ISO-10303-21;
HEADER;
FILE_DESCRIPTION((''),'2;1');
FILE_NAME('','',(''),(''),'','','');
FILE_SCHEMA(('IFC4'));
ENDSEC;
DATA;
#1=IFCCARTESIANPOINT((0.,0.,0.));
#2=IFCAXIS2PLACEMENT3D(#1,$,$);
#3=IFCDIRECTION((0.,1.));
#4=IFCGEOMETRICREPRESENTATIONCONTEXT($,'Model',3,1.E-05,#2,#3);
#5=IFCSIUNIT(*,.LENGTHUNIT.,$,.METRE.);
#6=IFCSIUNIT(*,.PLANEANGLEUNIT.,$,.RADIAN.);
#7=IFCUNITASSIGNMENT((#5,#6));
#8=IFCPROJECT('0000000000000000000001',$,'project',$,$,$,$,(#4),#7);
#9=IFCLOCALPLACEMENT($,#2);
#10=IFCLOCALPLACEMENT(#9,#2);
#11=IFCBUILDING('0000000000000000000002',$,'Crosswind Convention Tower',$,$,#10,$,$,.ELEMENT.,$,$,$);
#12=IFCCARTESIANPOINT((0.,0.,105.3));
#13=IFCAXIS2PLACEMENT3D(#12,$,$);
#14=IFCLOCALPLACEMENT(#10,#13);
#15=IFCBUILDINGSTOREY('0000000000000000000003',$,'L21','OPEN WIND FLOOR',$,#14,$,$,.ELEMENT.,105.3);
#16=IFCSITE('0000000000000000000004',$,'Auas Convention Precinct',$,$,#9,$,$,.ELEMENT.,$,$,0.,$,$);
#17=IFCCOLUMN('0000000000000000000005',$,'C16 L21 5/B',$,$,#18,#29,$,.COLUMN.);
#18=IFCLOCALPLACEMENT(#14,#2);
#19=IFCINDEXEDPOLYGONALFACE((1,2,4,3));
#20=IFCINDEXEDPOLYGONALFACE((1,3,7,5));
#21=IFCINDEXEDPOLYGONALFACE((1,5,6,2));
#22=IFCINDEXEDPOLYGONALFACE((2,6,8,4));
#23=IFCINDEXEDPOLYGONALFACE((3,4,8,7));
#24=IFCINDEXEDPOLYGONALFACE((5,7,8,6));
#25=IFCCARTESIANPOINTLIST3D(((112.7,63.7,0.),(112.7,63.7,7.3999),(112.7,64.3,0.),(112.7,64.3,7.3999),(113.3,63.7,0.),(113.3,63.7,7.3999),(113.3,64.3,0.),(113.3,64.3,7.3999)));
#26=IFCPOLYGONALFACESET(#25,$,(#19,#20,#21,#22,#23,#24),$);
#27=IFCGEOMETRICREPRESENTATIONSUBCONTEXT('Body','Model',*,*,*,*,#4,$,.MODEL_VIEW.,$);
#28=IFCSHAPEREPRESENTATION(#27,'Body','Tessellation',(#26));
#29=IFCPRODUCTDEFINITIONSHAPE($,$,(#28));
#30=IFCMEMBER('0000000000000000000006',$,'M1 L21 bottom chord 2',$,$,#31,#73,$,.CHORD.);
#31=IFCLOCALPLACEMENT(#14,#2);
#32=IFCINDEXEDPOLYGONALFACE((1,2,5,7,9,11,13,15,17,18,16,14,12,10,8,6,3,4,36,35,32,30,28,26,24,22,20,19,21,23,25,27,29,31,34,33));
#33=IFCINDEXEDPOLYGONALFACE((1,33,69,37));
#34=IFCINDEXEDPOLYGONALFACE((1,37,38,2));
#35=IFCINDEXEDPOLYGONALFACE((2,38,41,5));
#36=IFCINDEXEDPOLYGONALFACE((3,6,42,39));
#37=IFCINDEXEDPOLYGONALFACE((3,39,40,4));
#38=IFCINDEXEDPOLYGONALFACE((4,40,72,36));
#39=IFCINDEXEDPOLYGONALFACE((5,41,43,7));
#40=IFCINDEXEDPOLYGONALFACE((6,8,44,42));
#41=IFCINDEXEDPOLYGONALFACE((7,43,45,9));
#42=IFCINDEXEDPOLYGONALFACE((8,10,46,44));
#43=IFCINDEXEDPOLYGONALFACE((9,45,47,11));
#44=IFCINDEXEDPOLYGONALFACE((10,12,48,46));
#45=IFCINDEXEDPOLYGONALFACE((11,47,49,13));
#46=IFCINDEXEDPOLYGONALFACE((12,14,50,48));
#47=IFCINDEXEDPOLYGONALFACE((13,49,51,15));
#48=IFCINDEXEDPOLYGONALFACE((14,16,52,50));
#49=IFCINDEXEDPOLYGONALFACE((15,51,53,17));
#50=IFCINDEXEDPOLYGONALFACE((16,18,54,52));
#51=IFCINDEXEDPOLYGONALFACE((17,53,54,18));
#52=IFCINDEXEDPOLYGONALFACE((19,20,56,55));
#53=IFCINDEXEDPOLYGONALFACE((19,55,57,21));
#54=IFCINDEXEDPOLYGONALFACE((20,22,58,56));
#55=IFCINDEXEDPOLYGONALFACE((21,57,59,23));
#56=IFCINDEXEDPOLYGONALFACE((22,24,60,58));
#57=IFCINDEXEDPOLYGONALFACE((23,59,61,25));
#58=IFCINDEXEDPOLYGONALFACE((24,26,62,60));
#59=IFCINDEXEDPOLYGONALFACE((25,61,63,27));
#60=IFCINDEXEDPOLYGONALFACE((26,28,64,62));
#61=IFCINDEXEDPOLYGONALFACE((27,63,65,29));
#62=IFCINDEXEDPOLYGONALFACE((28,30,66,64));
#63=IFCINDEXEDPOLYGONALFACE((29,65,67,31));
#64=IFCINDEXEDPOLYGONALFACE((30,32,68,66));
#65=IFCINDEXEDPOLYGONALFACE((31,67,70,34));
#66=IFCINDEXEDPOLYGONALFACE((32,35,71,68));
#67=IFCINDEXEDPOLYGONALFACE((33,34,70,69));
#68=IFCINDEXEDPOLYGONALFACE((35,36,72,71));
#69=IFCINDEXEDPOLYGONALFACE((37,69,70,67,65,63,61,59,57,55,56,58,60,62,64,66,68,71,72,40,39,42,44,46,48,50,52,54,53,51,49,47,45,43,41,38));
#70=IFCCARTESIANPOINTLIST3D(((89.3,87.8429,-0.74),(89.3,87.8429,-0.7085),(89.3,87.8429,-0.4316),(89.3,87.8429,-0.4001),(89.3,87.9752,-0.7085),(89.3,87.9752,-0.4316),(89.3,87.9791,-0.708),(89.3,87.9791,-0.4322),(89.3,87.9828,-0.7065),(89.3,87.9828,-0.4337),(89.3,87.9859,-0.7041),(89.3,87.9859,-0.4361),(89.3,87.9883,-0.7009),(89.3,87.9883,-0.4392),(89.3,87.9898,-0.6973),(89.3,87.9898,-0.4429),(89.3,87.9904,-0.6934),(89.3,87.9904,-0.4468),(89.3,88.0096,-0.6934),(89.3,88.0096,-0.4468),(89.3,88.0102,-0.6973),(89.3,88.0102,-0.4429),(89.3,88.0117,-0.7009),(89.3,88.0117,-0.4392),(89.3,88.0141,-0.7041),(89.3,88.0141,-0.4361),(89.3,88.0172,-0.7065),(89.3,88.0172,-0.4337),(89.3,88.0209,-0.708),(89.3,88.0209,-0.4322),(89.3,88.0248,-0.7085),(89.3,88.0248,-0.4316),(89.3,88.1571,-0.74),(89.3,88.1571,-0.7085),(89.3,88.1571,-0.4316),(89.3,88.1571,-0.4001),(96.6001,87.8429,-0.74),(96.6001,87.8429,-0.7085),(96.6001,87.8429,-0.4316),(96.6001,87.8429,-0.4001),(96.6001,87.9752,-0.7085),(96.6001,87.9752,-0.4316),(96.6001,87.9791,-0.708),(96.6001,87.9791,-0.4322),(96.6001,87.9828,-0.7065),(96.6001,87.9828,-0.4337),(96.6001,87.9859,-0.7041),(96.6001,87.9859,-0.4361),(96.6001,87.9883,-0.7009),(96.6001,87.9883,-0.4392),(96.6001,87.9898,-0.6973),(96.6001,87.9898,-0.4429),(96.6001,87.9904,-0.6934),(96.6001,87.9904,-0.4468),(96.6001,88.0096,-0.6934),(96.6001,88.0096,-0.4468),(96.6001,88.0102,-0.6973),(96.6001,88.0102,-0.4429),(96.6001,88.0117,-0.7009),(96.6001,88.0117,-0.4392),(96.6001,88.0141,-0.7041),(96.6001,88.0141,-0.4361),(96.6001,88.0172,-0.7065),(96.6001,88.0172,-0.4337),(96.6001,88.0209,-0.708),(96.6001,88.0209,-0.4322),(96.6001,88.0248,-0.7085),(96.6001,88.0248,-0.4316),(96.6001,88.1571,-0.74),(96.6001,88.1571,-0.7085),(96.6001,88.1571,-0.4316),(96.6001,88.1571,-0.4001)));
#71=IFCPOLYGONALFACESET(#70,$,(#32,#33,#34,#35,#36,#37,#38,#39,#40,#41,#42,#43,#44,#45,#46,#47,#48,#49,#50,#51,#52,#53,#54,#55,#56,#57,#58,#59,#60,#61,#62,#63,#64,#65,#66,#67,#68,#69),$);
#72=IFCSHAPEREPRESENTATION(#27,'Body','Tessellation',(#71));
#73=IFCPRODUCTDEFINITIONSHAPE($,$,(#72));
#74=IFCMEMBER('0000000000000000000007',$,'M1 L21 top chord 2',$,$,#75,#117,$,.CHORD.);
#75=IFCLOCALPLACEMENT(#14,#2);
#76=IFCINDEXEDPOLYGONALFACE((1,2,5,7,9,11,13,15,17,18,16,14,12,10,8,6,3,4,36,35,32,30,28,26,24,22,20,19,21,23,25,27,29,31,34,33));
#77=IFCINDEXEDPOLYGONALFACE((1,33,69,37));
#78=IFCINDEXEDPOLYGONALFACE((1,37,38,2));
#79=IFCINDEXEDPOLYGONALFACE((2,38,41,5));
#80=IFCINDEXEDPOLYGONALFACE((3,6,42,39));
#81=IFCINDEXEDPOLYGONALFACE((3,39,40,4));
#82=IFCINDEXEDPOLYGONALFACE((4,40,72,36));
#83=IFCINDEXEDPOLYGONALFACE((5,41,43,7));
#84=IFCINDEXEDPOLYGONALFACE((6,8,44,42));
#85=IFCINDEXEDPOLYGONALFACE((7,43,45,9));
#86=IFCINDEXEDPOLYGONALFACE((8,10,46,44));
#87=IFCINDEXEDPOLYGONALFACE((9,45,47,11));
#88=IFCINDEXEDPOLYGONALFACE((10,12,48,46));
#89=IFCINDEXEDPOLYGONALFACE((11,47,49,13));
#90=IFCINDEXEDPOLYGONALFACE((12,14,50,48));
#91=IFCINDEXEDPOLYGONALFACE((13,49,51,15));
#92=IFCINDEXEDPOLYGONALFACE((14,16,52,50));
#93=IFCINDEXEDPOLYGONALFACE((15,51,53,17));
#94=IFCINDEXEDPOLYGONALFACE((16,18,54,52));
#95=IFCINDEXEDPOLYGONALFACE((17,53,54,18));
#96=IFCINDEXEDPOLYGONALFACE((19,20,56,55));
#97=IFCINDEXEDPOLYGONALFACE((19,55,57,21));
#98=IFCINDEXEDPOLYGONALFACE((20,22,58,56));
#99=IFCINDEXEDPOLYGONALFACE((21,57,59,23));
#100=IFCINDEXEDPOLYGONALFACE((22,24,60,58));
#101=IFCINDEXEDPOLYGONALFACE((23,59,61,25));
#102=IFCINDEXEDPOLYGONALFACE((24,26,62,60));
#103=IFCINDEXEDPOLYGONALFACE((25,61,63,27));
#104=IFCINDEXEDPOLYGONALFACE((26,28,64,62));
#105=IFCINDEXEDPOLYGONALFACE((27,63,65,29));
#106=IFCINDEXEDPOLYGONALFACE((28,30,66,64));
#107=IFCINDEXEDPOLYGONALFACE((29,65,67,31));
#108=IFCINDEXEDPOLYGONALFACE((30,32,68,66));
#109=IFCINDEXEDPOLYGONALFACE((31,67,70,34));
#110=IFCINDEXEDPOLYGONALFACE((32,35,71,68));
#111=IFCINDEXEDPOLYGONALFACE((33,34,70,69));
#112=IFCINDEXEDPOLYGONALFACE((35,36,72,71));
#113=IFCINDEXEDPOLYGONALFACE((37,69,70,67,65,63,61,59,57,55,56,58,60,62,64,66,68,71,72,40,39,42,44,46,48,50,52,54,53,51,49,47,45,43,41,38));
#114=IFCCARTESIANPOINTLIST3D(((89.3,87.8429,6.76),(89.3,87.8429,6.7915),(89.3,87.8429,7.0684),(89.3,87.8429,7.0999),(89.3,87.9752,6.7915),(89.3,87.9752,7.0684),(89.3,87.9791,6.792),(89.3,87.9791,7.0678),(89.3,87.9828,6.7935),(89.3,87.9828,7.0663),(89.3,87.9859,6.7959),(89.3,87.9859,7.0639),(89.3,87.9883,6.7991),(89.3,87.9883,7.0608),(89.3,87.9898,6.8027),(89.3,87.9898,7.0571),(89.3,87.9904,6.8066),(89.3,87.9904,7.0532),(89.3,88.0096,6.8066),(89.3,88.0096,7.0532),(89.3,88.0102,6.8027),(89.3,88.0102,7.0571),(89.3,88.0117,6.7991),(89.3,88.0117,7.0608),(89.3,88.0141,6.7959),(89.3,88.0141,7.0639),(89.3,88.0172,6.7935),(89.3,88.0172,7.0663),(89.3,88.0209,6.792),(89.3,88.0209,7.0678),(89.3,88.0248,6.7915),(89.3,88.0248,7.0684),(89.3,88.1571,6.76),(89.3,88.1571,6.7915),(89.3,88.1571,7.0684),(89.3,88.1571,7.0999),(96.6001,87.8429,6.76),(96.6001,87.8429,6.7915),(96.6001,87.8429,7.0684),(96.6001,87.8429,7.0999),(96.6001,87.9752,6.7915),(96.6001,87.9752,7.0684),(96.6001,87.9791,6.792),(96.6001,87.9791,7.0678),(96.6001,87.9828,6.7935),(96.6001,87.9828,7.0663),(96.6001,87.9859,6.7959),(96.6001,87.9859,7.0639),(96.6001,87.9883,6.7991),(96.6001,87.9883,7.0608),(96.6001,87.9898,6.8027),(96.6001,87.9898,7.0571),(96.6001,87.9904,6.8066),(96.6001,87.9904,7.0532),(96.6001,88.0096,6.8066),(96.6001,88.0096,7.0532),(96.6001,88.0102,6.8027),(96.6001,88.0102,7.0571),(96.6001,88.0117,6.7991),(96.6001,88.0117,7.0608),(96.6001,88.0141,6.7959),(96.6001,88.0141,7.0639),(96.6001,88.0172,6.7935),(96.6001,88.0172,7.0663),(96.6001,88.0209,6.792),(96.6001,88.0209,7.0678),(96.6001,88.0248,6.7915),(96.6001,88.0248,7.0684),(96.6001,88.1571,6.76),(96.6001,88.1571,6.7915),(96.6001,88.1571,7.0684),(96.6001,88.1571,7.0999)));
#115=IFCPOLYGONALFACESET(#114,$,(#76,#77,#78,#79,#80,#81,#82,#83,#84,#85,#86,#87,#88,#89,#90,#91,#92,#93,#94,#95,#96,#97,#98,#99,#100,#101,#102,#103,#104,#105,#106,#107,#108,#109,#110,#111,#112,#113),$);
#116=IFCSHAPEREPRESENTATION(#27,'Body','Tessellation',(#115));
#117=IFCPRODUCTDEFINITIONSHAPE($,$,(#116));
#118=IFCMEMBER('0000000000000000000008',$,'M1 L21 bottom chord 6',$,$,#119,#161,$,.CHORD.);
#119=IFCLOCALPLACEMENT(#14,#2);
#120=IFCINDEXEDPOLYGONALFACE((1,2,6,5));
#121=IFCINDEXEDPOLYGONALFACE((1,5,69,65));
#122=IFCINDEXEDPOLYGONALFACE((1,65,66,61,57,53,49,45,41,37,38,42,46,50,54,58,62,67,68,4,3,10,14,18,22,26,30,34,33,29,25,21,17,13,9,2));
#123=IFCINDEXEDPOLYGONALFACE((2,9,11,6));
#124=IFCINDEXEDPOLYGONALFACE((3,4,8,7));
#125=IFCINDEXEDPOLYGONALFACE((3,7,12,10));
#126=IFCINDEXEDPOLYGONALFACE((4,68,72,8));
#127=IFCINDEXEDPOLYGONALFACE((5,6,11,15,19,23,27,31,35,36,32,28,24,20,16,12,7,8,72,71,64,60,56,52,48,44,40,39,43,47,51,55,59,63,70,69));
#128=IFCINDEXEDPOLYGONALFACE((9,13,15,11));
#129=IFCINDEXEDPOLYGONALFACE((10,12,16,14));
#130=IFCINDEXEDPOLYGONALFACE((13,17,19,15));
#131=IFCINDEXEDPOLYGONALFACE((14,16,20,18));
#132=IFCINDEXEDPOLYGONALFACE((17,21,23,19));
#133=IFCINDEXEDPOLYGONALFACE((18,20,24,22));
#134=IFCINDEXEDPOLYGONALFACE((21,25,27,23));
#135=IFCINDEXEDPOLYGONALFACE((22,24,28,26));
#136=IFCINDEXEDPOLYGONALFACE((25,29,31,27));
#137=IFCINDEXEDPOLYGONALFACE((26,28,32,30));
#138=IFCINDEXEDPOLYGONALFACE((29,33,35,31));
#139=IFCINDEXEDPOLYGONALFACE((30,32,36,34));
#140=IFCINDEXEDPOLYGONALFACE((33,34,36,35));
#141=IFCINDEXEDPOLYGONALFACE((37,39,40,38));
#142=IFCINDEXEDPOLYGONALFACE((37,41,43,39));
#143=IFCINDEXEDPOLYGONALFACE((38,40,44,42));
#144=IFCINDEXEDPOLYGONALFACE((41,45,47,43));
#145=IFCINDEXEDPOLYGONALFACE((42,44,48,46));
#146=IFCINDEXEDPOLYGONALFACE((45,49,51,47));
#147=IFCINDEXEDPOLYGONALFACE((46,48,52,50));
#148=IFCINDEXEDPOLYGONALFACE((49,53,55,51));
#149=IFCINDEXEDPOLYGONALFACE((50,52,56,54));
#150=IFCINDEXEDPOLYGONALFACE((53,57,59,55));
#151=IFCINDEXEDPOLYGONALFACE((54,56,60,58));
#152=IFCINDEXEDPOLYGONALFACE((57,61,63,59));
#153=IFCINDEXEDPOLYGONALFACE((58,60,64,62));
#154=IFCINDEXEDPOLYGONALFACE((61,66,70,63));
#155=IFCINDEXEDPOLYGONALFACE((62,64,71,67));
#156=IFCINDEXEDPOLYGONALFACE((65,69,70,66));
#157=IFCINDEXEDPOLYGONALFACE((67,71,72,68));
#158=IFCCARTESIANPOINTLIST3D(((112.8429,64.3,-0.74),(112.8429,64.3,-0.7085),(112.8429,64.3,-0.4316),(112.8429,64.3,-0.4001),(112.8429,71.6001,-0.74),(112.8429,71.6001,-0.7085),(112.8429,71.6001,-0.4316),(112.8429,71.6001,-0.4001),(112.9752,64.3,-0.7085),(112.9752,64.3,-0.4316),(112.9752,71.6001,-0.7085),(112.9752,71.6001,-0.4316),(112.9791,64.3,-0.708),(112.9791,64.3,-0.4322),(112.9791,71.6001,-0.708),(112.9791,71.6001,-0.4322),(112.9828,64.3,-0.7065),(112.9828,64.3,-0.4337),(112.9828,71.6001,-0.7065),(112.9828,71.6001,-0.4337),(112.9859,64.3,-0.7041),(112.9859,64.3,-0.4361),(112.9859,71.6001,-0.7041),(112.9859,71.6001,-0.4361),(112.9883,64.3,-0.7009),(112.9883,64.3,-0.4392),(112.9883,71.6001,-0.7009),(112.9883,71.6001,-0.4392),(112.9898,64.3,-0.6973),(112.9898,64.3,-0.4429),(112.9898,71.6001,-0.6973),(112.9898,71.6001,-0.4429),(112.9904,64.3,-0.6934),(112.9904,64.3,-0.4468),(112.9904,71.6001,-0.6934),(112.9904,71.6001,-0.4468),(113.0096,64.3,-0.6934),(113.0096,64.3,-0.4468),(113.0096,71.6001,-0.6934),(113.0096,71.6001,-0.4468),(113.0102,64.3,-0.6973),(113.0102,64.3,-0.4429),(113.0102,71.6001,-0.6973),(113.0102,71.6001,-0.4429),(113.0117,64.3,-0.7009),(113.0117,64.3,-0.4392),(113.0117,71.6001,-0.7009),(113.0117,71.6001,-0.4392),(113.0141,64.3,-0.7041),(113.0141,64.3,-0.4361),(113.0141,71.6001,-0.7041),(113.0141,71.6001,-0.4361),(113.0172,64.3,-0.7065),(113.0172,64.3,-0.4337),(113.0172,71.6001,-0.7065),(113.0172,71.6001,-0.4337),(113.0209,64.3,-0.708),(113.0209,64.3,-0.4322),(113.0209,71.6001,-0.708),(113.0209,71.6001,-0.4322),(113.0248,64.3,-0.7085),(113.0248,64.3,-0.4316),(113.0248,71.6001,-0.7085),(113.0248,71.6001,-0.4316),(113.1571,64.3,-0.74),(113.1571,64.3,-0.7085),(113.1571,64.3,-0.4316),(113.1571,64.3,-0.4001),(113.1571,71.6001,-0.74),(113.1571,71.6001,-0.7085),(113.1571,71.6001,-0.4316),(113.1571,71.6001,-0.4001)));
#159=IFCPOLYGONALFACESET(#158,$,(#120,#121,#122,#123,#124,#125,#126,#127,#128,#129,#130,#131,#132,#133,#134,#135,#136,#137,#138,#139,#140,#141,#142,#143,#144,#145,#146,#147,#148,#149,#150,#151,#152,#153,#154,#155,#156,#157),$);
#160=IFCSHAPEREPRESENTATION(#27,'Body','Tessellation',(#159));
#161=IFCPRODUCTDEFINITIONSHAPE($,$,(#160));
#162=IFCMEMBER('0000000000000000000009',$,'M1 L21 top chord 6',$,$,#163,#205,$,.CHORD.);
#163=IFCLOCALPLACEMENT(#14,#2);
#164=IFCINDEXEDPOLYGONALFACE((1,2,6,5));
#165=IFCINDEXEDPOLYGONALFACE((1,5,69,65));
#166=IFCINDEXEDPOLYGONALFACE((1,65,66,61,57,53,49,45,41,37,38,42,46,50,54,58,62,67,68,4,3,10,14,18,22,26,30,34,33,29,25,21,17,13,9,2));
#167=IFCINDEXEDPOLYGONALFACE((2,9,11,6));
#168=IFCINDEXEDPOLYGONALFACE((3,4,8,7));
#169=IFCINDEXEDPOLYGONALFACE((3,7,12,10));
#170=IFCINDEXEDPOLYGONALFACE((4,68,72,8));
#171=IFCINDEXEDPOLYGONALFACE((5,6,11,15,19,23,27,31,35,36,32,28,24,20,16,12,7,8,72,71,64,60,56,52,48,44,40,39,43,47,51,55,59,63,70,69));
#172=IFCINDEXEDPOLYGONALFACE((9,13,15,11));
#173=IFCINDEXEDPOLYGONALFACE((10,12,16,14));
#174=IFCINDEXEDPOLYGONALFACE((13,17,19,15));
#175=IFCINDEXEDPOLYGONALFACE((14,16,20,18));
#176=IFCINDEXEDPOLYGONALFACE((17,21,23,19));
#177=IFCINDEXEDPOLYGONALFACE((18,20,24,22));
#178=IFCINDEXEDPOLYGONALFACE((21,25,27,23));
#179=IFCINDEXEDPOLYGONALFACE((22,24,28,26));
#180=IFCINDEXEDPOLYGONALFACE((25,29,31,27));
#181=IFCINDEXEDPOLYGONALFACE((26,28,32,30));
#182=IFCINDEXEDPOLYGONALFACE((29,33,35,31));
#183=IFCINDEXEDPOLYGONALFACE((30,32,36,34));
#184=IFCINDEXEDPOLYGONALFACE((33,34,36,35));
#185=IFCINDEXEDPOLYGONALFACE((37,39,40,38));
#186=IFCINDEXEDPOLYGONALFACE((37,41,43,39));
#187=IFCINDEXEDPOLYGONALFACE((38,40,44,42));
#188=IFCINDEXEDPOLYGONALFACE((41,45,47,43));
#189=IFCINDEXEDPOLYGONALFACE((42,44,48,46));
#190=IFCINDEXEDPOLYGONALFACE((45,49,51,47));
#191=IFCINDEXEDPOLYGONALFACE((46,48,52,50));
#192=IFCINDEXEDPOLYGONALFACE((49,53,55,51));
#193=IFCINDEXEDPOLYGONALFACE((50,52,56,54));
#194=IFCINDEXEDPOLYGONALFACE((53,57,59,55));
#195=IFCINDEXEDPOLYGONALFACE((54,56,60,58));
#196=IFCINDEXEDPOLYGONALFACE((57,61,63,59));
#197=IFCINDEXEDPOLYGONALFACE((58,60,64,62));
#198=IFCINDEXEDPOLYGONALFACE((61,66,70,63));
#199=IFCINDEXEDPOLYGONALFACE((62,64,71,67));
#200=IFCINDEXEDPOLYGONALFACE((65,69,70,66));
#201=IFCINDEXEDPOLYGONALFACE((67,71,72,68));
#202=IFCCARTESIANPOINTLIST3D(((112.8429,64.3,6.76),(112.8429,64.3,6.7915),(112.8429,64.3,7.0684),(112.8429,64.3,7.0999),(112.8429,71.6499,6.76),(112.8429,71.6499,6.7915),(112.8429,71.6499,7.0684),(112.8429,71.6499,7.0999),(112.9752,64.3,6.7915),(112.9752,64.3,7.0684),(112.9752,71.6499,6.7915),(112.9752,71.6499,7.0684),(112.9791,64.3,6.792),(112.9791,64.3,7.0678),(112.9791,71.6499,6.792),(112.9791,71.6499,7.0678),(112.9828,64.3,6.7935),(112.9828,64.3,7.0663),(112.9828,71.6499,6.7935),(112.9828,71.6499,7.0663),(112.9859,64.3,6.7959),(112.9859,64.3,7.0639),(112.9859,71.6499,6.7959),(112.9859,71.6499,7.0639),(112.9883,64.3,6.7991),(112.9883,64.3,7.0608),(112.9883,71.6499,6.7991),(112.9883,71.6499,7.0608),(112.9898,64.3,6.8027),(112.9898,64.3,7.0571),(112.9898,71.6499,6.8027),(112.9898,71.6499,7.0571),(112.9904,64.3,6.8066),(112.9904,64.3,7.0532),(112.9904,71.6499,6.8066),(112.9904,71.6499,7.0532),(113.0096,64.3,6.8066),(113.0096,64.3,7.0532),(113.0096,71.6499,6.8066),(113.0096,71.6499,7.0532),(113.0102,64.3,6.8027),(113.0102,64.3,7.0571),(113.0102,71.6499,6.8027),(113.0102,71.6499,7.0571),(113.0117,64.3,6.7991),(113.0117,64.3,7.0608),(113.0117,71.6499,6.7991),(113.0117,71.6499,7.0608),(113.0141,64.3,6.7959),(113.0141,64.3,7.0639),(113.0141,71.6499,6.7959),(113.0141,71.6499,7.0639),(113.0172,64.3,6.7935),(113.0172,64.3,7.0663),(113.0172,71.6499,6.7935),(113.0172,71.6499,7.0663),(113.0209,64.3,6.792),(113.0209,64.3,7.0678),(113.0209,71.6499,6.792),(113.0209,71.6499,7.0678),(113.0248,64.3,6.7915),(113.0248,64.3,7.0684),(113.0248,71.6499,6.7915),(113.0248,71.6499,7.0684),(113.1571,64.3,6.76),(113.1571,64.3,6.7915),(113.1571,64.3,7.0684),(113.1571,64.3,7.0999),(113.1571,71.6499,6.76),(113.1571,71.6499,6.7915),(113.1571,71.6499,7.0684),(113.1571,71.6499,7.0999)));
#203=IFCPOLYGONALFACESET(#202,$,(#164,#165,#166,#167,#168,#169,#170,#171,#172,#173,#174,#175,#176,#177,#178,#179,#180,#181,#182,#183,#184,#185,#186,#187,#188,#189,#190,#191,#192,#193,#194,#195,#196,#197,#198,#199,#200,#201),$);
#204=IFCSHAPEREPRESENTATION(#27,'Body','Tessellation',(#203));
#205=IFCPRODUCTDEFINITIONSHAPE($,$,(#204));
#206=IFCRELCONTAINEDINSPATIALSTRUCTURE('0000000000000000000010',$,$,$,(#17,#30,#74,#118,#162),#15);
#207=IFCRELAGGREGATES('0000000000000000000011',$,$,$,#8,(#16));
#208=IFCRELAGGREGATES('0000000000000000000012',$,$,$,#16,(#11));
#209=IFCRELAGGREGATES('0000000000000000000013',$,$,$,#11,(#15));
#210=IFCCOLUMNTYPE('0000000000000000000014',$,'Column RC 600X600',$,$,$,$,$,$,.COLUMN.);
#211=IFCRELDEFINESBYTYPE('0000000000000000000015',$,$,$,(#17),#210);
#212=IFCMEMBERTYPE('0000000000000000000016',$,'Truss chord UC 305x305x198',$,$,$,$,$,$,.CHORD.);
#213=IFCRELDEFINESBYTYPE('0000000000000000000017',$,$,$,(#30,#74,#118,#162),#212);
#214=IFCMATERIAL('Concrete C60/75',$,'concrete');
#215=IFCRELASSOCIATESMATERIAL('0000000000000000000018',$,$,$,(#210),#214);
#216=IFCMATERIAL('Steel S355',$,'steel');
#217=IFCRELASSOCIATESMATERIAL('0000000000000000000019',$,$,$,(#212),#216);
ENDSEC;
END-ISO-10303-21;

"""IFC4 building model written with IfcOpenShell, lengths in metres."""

from ifc_helpers import new_model, si_unit, direction, frame, origin, origin_2d, place, context, subcontext, project, spatial, rectangle, i_section, extrude, material, material_profile, profile_set, type_object, element, save


model = new_model("IFC4")

# Units and contexts
model_context = context("Model", 3, precision=1e-05, world=origin(), true_north=direction((0.0, 1.0)))
body_context = subcontext(model_context, "Body", "Model", "MODEL_VIEW")
ifc_project = project(units=[si_unit("LENGTHUNIT", "METRE"), si_unit("PLANEANGLEUNIT", "RADIAN")], contexts=[model_context])

# Site, building, storey
site_placement = place(None, origin())
site = spatial("IfcSite", under=ifc_project, at=site_placement, Name="Auas Convention Precinct", CompositionType="ELEMENT", RefElevation=0.0)
building_placement = place(site_placement, origin())
building = spatial("IfcBuilding", under=site, at=building_placement, Name="Crosswind Convention Tower", CompositionType="ELEMENT")
storey_placement = place(building_placement, frame((0.0, 0.0, 105.3)))
storey = spatial("IfcBuildingStorey", under=building, at=storey_placement, Name="L21", Description="OPEN WIND FLOOR", CompositionType="ELEMENT", Elevation=105.3)

# Column
ifc_material_1 = material(Name="Concrete C60/75", Category="concrete")
ifc_material_profile_1 = material_profile(ifc_material_1, rectangle(XDim=0.6001, YDim=0.6001, at=origin_2d()), Name="RC 600X600")
ifc_profile_set_1 = profile_set([ifc_material_profile_1], Name="Concrete C60/75")
column_type = type_object("IfcColumnType", Name="Column RC 600X600", PredefinedType="COLUMN", material=ifc_profile_set_1)
column_placement = place(storey_placement, frame((113.0, 64.0, 0.0), z_axis=(0.0, 0.0, 1.0), x_axis=(1.0, 0.0, 0.0)))
element("IfcColumn", 1, at=column_placement, inside=storey, type_object=column_type, Name="C16 L21 5/B", PredefinedType="COLUMN", context=body_context, shape_type="SweptSolid", body=[
    extrude(rectangle(XDim=0.6001, YDim=0.6001, at=origin_2d()), origin(), (0.0, 0.0, 1.0), 7.3999),
])

# Members
ifc_material_2 = material(Name="Steel S355", Category="steel")
ifc_material_profile_2 = material_profile(ifc_material_2, i_section(OverallWidth=0.3142, OverallDepth=0.3398, WebThickness=0.0193, FlangeThickness=0.0315, FilletRadius=0.0151, at=origin_2d()), Name="UC 305x305x198")
ifc_profile_set_2 = profile_set([ifc_material_profile_2], Name="Steel S355")
member_type_1 = type_object("IfcMemberType", Name="Truss chord UC 305x305x198", PredefinedType="CHORD", material=ifc_profile_set_2)
for number, where, z_axis, x_axis, name in (
    (2, (89.3, 88.0, -0.5701), (1.0, 0.0, 0.0), (0.0, 1.0, 0.0), "M1 L21 bottom chord 2"),
    (3, (89.3, 88.0, 6.9299), (1.0, 0.0, 0.0), (0.0, 1.0, 0.0), "M1 L21 top chord 2"),
    (4, (113.0, 64.3, -0.5701), (0.0, 1.0, 0.0), (-1.0, 0.0, 0.0), "M1 L21 bottom chord 6"),
):
    element("IfcMember", number, at=place(storey_placement, frame(where, z_axis=z_axis, x_axis=x_axis)), inside=storey, type_object=member_type_1, Name=name, PredefinedType="CHORD", context=body_context, shape_type="SweptSolid", body=[
        extrude(i_section(OverallWidth=0.3142, OverallDepth=0.3398, WebThickness=0.0193, FlangeThickness=0.0315, FilletRadius=0.0151, at=origin_2d()), origin(), (0.0, 0.0, 1.0), 7.3),
    ])
member_1_placement = place(storey_placement, frame((113.0, 64.3, 6.9299), z_axis=(0.0, 1.0, 0.0), x_axis=(-1.0, 0.0, 0.0)))
element("IfcMember", 5, at=member_1_placement, inside=storey, type_object=member_type_1, Name="M1 L21 top chord 6", PredefinedType="CHORD", context=body_context, shape_type="SweptSolid", body=[
    extrude(i_section(OverallWidth=0.3142, OverallDepth=0.3398, WebThickness=0.0193, FlangeThickness=0.0315, FilletRadius=0.0151, at=origin_2d()), origin(), (0.0, 0.0, 1.0), 7.3499),
])

save(model, "model.ifc")
